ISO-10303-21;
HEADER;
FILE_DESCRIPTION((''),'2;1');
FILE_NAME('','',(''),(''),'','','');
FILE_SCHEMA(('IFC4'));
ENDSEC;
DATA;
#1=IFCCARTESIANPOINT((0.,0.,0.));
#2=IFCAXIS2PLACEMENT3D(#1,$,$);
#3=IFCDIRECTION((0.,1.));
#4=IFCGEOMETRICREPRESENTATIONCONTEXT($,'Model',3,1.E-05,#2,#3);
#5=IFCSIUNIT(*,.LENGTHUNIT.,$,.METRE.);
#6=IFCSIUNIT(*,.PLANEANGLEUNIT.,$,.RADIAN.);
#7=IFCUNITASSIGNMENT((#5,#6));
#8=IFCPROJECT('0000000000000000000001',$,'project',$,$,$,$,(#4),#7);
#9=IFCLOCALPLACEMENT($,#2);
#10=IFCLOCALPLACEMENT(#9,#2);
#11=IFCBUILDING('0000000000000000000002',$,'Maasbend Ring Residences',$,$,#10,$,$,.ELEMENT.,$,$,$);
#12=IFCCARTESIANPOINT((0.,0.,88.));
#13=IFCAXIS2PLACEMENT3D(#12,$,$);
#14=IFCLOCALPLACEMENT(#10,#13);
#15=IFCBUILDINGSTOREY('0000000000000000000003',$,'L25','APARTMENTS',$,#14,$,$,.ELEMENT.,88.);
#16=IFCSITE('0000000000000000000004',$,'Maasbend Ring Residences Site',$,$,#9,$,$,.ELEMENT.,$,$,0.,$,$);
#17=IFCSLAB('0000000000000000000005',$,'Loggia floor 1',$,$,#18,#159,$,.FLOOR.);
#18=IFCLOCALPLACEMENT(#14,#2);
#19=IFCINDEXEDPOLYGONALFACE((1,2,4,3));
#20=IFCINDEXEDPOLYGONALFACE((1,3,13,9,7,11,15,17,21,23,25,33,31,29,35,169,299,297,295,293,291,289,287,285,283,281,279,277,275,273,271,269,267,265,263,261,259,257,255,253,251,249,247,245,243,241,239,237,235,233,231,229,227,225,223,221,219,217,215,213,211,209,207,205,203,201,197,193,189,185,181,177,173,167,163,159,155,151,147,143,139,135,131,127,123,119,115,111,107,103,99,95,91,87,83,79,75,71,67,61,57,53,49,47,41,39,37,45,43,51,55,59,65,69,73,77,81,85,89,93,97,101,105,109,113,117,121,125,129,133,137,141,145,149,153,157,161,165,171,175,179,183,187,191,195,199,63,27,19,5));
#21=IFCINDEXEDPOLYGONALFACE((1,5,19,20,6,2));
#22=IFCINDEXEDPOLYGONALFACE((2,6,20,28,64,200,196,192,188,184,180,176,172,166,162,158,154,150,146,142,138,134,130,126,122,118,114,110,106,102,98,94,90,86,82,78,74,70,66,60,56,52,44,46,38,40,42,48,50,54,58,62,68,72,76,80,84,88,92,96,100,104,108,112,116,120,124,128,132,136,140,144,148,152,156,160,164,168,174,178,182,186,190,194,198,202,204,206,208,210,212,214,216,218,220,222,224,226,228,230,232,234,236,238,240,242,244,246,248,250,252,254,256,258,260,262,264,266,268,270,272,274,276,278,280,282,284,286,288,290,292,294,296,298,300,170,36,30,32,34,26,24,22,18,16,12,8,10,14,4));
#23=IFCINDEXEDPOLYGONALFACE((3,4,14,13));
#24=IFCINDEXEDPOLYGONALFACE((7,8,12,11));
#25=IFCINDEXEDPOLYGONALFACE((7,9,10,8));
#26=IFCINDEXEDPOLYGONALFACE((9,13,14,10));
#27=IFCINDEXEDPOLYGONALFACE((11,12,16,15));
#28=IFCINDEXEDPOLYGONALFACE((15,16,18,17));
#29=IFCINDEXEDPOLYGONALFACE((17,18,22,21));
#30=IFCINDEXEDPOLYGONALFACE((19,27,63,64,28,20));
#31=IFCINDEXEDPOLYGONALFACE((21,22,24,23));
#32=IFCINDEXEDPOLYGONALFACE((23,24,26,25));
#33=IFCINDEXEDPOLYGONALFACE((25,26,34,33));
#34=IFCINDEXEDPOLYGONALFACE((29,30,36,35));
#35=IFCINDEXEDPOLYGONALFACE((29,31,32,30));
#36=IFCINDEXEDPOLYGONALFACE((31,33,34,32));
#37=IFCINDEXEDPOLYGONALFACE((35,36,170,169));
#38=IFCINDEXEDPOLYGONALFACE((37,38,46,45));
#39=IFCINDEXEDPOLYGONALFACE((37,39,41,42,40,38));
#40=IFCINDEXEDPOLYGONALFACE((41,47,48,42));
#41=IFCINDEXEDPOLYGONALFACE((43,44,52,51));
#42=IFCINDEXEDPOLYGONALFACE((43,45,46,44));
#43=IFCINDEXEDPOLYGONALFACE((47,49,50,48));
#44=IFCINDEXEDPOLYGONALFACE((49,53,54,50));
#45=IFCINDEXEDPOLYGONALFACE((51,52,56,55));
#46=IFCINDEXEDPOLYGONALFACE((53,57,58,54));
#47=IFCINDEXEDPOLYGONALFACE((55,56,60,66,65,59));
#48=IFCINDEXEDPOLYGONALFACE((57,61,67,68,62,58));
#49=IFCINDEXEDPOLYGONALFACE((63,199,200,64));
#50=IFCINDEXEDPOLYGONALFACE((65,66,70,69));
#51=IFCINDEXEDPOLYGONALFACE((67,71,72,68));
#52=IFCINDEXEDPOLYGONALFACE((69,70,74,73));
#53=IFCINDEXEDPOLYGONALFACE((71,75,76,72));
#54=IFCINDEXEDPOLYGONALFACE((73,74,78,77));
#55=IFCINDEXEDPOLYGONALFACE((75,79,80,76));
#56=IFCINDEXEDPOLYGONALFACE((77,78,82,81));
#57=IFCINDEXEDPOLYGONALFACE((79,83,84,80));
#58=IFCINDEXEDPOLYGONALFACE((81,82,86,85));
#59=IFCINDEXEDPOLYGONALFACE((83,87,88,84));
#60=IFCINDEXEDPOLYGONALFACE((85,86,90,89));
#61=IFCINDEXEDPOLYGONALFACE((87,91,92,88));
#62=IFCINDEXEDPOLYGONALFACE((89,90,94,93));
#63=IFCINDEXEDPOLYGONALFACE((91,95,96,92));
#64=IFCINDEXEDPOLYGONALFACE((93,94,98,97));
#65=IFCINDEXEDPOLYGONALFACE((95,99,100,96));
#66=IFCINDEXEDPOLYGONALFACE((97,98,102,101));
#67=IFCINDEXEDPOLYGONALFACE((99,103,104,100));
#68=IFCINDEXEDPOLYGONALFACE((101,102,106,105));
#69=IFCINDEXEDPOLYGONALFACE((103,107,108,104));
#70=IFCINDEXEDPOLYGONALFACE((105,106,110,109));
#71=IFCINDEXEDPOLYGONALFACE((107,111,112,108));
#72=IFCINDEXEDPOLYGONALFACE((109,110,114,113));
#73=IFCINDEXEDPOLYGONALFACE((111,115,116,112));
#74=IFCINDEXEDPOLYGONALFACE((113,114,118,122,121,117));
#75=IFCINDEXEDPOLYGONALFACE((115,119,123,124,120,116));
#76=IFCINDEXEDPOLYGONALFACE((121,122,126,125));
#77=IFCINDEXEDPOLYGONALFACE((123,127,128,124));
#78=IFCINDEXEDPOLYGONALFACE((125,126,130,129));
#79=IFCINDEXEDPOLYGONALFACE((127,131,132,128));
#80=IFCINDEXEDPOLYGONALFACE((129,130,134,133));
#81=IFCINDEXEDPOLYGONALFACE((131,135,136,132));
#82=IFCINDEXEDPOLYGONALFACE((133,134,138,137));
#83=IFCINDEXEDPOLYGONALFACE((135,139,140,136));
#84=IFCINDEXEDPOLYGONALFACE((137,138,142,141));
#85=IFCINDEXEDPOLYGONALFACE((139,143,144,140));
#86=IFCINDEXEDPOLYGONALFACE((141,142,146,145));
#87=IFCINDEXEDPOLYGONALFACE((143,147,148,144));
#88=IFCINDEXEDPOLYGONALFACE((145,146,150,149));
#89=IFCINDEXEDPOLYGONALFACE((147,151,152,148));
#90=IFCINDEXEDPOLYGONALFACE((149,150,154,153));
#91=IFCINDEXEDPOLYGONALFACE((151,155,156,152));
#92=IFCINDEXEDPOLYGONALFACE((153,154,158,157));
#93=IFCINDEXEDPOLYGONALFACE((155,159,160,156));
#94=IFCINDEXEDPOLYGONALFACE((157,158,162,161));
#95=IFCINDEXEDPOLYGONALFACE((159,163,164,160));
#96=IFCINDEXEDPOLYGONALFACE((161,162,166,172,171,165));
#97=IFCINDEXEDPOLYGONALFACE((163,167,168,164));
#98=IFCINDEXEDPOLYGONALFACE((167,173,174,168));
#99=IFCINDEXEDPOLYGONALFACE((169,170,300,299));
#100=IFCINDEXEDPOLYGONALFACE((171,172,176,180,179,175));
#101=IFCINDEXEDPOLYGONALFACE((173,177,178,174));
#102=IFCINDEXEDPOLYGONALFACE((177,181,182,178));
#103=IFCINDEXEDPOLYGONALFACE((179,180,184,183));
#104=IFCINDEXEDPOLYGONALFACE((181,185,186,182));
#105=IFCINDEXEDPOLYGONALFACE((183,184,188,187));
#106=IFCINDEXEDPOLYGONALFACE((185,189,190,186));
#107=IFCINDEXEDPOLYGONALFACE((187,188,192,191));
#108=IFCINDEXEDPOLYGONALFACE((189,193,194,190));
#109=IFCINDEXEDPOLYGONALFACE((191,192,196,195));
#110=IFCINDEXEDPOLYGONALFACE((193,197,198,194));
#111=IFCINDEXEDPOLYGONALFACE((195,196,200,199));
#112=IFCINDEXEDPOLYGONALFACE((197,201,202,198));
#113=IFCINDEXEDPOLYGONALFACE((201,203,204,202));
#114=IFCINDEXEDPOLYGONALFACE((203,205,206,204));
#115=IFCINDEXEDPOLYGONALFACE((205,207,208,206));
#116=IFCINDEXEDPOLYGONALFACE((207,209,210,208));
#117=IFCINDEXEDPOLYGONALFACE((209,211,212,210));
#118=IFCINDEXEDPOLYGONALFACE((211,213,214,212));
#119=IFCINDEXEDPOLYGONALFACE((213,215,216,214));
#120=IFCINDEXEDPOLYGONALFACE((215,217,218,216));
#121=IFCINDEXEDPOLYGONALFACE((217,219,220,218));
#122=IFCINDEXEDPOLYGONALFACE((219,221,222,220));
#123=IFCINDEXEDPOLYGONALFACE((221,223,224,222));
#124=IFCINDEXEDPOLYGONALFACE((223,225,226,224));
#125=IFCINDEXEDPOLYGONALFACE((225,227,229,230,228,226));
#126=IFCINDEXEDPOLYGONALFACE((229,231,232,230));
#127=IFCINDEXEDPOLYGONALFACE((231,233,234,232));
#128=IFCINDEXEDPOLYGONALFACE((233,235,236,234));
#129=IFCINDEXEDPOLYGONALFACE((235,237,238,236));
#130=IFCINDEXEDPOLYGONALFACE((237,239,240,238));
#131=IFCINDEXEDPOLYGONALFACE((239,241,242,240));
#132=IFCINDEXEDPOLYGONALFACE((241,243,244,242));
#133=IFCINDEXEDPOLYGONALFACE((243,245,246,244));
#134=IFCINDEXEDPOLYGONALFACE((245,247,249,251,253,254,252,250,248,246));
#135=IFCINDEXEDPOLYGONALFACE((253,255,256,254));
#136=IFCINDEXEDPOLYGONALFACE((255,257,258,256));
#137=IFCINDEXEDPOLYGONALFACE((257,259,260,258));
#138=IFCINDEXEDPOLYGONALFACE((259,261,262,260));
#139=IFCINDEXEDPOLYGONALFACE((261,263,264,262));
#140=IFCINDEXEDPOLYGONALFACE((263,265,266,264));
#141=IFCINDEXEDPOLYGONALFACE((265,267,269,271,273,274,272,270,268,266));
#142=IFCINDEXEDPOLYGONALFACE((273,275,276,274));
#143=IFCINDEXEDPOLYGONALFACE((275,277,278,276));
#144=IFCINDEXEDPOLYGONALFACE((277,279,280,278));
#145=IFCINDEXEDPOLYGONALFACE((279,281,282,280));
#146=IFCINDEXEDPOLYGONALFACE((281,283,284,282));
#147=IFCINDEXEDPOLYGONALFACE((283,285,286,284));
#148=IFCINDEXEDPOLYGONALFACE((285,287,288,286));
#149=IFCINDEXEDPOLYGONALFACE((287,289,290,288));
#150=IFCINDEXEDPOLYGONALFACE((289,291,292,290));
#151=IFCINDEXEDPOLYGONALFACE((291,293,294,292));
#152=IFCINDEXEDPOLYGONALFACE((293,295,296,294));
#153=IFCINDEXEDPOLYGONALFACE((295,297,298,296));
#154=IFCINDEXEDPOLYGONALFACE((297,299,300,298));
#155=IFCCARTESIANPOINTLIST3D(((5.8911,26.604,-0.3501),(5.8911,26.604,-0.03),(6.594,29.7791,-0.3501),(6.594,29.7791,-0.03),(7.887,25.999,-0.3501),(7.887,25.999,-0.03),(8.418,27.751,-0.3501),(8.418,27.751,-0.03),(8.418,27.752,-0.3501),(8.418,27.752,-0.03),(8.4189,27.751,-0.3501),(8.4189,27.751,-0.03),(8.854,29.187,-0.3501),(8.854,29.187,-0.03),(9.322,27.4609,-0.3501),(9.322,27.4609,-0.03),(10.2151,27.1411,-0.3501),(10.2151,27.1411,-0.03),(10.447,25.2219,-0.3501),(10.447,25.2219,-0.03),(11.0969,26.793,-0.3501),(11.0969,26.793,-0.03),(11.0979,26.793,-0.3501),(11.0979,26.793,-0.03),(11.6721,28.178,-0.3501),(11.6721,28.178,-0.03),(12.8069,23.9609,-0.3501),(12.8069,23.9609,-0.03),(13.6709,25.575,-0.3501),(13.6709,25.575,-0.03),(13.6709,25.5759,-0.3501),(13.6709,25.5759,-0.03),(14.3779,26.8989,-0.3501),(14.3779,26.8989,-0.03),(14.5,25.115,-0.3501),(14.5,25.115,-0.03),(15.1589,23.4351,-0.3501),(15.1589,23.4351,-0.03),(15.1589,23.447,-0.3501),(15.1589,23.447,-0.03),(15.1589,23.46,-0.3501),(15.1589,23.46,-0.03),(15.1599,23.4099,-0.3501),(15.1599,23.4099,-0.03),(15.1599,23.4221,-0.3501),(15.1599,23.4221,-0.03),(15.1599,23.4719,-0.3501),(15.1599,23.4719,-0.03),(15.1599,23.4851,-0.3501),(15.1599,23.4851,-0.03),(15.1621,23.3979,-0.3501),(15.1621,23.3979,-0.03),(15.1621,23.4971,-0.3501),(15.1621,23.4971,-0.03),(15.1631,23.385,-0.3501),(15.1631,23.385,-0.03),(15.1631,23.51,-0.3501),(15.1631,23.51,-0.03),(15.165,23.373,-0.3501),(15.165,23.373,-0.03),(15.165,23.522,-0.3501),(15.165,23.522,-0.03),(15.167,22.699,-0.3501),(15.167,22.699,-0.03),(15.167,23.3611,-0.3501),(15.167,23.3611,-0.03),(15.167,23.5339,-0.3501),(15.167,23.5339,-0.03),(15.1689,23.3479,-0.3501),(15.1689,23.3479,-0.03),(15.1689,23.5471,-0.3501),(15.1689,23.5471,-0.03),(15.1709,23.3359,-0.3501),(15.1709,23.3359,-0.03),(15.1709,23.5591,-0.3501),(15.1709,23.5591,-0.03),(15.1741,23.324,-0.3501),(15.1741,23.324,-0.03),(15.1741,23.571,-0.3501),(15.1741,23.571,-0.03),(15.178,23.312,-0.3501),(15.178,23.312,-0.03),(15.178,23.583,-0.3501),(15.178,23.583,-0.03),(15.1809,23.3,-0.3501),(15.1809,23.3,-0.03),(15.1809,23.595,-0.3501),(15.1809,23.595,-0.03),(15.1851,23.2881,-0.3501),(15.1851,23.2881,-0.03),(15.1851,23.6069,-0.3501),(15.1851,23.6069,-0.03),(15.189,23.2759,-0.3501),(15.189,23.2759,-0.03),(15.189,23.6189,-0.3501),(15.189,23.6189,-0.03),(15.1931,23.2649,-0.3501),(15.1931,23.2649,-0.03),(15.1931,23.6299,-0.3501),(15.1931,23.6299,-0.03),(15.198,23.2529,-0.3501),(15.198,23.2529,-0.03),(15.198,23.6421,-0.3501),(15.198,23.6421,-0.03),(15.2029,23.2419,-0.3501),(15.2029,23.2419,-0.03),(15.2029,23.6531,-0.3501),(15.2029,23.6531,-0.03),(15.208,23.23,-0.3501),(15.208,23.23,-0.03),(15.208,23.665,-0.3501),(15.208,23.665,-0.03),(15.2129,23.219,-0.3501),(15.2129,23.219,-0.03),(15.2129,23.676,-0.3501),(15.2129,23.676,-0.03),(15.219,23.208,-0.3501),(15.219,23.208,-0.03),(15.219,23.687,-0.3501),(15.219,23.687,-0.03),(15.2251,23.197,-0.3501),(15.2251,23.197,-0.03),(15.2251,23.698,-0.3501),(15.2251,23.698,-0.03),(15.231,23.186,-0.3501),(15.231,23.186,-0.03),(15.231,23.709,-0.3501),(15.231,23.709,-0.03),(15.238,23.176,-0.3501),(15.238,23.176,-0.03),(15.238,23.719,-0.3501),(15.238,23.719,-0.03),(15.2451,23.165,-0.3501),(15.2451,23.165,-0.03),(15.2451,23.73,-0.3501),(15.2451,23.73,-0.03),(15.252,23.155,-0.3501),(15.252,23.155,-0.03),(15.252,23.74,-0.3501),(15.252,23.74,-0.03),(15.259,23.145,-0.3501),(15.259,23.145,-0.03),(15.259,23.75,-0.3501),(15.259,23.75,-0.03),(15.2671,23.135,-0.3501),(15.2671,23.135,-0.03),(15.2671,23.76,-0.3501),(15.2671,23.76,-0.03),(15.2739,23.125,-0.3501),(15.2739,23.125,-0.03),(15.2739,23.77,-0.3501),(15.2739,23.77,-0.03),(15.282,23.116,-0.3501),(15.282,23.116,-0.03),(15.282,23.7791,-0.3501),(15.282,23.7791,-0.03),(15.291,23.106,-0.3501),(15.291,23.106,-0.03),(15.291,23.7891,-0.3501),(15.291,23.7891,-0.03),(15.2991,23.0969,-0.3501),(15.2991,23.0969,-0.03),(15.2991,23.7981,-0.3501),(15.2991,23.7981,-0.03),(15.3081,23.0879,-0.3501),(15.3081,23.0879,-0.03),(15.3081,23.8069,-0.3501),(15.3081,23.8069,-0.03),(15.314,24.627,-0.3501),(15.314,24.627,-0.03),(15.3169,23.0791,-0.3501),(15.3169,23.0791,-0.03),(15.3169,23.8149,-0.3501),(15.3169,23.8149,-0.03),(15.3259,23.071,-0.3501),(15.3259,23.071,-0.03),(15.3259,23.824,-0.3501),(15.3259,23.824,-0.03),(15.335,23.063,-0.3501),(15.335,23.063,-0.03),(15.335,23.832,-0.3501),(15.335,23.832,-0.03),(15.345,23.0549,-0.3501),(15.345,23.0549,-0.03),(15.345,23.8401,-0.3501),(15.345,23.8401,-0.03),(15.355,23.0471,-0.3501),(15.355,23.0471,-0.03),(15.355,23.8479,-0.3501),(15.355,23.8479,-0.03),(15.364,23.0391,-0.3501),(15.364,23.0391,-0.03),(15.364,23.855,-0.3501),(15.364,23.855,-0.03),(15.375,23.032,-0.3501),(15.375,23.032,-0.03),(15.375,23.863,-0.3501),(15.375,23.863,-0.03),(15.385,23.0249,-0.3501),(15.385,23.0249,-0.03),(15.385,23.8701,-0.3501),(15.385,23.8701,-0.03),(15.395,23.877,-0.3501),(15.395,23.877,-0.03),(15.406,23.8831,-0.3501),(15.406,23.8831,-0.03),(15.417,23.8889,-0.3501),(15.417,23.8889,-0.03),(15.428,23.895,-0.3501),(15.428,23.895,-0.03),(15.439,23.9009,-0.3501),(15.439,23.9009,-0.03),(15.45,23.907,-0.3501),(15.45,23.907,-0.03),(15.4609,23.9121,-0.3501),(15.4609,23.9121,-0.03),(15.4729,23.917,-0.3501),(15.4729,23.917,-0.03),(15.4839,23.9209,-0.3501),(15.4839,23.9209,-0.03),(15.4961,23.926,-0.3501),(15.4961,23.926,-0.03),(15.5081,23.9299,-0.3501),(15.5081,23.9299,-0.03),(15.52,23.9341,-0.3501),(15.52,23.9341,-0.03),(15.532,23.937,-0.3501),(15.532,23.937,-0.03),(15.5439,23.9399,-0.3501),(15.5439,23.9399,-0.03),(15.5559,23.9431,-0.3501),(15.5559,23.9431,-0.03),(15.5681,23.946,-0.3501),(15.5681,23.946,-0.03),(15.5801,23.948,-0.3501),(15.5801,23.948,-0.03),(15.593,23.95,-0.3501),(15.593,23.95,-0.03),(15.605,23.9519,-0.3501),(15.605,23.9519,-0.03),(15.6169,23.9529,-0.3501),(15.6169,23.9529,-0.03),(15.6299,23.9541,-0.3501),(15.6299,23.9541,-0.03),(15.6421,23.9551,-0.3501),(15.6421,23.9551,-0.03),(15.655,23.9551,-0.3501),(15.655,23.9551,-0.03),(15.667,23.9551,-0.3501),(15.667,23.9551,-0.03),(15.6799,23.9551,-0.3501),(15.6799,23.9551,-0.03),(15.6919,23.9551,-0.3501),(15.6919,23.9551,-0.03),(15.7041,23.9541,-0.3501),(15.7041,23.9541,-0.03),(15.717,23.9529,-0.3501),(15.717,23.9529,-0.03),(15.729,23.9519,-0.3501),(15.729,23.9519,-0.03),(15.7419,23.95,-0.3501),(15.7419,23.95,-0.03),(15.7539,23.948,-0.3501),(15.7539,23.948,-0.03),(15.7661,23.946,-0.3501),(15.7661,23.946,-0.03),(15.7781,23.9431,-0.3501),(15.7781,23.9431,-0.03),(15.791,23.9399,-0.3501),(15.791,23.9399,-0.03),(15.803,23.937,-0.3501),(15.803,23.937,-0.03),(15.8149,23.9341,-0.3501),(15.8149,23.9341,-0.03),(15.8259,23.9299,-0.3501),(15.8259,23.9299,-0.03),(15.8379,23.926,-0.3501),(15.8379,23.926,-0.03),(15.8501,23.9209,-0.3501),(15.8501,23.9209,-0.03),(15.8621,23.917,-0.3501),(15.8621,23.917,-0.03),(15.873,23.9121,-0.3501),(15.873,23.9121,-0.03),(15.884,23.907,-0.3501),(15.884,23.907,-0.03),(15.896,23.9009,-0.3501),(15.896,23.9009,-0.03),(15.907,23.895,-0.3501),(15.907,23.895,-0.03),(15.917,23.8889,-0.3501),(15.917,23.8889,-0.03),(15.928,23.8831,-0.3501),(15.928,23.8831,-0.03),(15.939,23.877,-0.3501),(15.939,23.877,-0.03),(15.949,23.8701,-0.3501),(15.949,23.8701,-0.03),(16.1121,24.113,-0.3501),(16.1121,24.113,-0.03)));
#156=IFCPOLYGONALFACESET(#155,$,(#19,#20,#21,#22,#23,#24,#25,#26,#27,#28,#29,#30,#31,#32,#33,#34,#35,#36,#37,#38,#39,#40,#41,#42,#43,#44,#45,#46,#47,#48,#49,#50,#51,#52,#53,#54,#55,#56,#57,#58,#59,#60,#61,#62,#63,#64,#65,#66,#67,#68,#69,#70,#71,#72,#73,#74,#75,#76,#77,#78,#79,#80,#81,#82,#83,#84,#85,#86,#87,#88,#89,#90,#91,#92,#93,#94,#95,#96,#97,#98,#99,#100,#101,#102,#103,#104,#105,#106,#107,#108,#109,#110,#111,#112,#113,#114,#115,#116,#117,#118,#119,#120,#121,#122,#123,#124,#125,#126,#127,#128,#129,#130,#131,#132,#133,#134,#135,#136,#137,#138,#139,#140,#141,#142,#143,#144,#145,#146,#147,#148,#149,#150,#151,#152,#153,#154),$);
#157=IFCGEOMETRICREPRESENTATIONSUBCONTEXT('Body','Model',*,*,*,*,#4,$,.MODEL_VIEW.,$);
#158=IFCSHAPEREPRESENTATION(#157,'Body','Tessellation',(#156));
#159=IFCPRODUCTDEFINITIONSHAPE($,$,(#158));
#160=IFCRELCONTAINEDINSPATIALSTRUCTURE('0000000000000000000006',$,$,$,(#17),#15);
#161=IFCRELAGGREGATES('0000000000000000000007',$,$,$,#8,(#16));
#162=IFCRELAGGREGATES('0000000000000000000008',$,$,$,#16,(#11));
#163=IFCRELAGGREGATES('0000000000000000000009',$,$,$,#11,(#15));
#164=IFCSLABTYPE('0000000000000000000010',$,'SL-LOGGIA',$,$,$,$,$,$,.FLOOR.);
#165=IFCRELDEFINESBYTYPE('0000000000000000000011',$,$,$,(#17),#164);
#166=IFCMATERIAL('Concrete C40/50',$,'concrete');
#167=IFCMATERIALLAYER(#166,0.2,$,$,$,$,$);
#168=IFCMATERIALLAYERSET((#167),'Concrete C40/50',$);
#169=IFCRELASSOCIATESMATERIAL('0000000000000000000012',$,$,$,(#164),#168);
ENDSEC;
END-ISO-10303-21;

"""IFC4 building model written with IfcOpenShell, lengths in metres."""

from ifc_helpers import new_model, si_unit, direction, frame, origin, place, context, subcontext, project, spatial, polyline, outline, extrude, material, layer, layer_set, type_object, element, save


model = new_model("IFC4")

# Units and contexts
model_context = context("Model", 3, precision=1e-05, world=origin(), true_north=direction((0.0, 1.0)))
body_context = subcontext(model_context, "Body", "Model", "MODEL_VIEW")
ifc_project = project(units=[si_unit("LENGTHUNIT", "METRE"), si_unit("PLANEANGLEUNIT", "RADIAN")], contexts=[model_context])

# Site, building, storey
site_placement = place(None, origin())
site = spatial("IfcSite", under=ifc_project, at=site_placement, Name="Maasbend Ring Residences Site", CompositionType="ELEMENT", RefElevation=0.0)
building_placement = place(site_placement, origin())
building = spatial("IfcBuilding", under=site, at=building_placement, Name="Maasbend Ring Residences", CompositionType="ELEMENT")
storey_placement = place(building_placement, frame((0.0, 0.0, 88.0)))
storey = spatial("IfcBuildingStorey", under=building, at=storey_placement, Name="L25", Description="APARTMENTS", CompositionType="ELEMENT", Elevation=88.0)

# Slab
ifc_material_1 = material(Name="Concrete C40/50", Category="concrete")
ifc_layer_1 = layer(ifc_material_1, 0.2)
ifc_layer_set_1 = layer_set([ifc_layer_1], Name="Concrete C40/50")
slab_type_1 = type_object("IfcSlabType", Name="SL-LOGGIA", PredefinedType="FLOOR", material=ifc_layer_set_1)
slab_1_placement = place(storey_placement, frame((0.0, 0.0, -0.3501)))
element("IfcSlab", 1, at=slab_1_placement, inside=storey, type_object=slab_type_1, Name="Loggia floor 1", PredefinedType="FLOOR", context=body_context, shape_type="SweptSolid", body=[
    extrude(outline(polyline([(8.854, 29.187), (8.854, 29.187), (8.854, 29.187), (8.418, 27.752), (8.418, 27.752), (8.418, 27.752), (8.418, 27.752), (8.418, 27.752), (8.418, 27.752), (8.418, 27.751), (8.418, 27.751), (8.418, 27.751), (8.418, 27.751), (8.418, 27.751), (8.4189, 27.751), (8.4189, 27.751), (8.4189, 27.751), (8.4189, 27.751), (8.4189, 27.751), (8.4189, 27.751), (9.322, 27.4609), (9.322, 27.4609), (10.2151, 27.1411), (10.2151, 27.1411), (11.0969, 26.793), (11.0969, 26.793), (11.0969, 26.793), (11.0979, 26.793), (11.0979, 26.793), (11.0979, 26.793), (11.0979, 26.793), (11.0979, 26.793), (11.0979, 26.793), (11.0979, 26.793), (11.0979, 26.793), (11.0979, 26.793), (11.0979, 26.793), (11.0979, 26.793), (11.0979, 26.793), (11.0979, 26.793), (11.0979, 26.793), (11.6721, 28.178), (11.6721, 28.178), (11.6721, 28.178), (14.3779, 26.8989), (14.3779, 26.8989), (14.3779, 26.8989), (13.6709, 25.5759), (13.6709, 25.5759), (13.6709, 25.5759), (13.6709, 25.5759), (13.6709, 25.5759), (13.6709, 25.5759), (13.6709, 25.5759), (13.6709, 25.5759), (13.6709, 25.5759), (13.6709, 25.5759), (13.6709, 25.5759), (13.6709, 25.5759), (13.6709, 25.5759), (13.6709, 25.5759), (13.6709, 25.5759), (13.6709, 25.5759), (13.6709, 25.575), (14.5, 25.115), (14.5, 25.115), (15.314, 24.627), (15.314, 24.627), (16.1121, 24.113), (16.1121, 24.113), (16.1121, 24.113), (15.949, 23.8701), (15.939, 23.877), (15.928, 23.8831), (15.917, 23.8889), (15.907, 23.895), (15.896, 23.9009), (15.884, 23.907), (15.873, 23.9121), (15.8621, 23.917), (15.8501, 23.9209), (15.8379, 23.926), (15.8259, 23.9299), (15.8149, 23.9341), (15.803, 23.937), (15.791, 23.9399), (15.7781, 23.9431), (15.7661, 23.946), (15.7539, 23.948), (15.7419, 23.95), (15.729, 23.9519), (15.717, 23.9529), (15.7041, 23.9541), (15.6919, 23.9551), (15.6799, 23.9551), (15.667, 23.9551), (15.655, 23.9551), (15.6421, 23.9551), (15.6299, 23.9541), (15.6169, 23.9529), (15.605, 23.9519), (15.593, 23.95), (15.5801, 23.948), (15.5681, 23.946), (15.5559, 23.9431), (15.5439, 23.9399), (15.532, 23.937), (15.52, 23.9341), (15.5081, 23.9299), (15.4961, 23.926), (15.4839, 23.9209), (15.4729, 23.917), (15.4609, 23.9121), (15.45, 23.907), (15.439, 23.9009), (15.428, 23.895), (15.417, 23.8889), (15.406, 23.8831), (15.395, 23.877), (15.385, 23.8701), (15.375, 23.863), (15.364, 23.855), (15.355, 23.8479), (15.345, 23.8401), (15.335, 23.832), (15.3259, 23.824), (15.3169, 23.8149), (15.3081, 23.8069), (15.2991, 23.7981), (15.291, 23.7891), (15.282, 23.7791), (15.2739, 23.77), (15.2671, 23.76), (15.259, 23.75), (15.252, 23.74), (15.2451, 23.73), (15.238, 23.719), (15.231, 23.709), (15.2251, 23.698), (15.219, 23.687), (15.2129, 23.676), (15.208, 23.665), (15.2029, 23.6531), (15.198, 23.6421), (15.1931, 23.6299), (15.189, 23.6189), (15.1851, 23.6069), (15.1809, 23.595), (15.178, 23.583), (15.1741, 23.571), (15.1709, 23.5591), (15.1689, 23.5471), (15.167, 23.5339), (15.165, 23.522), (15.1631, 23.51), (15.1621, 23.4971), (15.1599, 23.4851), (15.1599, 23.4719), (15.1589, 23.46), (15.1589, 23.447), (15.1589, 23.4351), (15.1599, 23.4221), (15.1599, 23.4099), (15.1621, 23.3979), (15.1631, 23.385), (15.165, 23.373), (15.167, 23.3611), (15.1689, 23.3479), (15.1709, 23.3359), (15.1741, 23.324), (15.178, 23.312), (15.1809, 23.3), (15.1851, 23.2881), (15.189, 23.2759), (15.1931, 23.2649), (15.198, 23.2529), (15.2029, 23.2419), (15.208, 23.23), (15.2129, 23.219), (15.219, 23.208), (15.2251, 23.197), (15.231, 23.186), (15.238, 23.176), (15.2451, 23.165), (15.252, 23.155), (15.259, 23.145), (15.2671, 23.135), (15.2739, 23.125), (15.282, 23.116), (15.291, 23.106), (15.2991, 23.0969), (15.3081, 23.0879), (15.3169, 23.0791), (15.3259, 23.071), (15.335, 23.063), (15.345, 23.0549), (15.355, 23.0471), (15.364, 23.0391), (15.375, 23.032), (15.385, 23.0249), (15.167, 22.699), (15.167, 22.699), (15.167, 22.699), (12.8069, 23.9609), (10.447, 25.2219), (10.447, 25.2219), (10.447, 25.2219), (7.887, 25.999), (5.8911, 26.604), (5.8911, 26.604), (5.8911, 26.604), (6.594, 29.7791), (6.594, 29.7791), (6.594, 29.7791), (8.854, 29.187)])), origin(), (0.0, 0.0, 1.0), 0.3201),
])

save(model, "model.ifc")
